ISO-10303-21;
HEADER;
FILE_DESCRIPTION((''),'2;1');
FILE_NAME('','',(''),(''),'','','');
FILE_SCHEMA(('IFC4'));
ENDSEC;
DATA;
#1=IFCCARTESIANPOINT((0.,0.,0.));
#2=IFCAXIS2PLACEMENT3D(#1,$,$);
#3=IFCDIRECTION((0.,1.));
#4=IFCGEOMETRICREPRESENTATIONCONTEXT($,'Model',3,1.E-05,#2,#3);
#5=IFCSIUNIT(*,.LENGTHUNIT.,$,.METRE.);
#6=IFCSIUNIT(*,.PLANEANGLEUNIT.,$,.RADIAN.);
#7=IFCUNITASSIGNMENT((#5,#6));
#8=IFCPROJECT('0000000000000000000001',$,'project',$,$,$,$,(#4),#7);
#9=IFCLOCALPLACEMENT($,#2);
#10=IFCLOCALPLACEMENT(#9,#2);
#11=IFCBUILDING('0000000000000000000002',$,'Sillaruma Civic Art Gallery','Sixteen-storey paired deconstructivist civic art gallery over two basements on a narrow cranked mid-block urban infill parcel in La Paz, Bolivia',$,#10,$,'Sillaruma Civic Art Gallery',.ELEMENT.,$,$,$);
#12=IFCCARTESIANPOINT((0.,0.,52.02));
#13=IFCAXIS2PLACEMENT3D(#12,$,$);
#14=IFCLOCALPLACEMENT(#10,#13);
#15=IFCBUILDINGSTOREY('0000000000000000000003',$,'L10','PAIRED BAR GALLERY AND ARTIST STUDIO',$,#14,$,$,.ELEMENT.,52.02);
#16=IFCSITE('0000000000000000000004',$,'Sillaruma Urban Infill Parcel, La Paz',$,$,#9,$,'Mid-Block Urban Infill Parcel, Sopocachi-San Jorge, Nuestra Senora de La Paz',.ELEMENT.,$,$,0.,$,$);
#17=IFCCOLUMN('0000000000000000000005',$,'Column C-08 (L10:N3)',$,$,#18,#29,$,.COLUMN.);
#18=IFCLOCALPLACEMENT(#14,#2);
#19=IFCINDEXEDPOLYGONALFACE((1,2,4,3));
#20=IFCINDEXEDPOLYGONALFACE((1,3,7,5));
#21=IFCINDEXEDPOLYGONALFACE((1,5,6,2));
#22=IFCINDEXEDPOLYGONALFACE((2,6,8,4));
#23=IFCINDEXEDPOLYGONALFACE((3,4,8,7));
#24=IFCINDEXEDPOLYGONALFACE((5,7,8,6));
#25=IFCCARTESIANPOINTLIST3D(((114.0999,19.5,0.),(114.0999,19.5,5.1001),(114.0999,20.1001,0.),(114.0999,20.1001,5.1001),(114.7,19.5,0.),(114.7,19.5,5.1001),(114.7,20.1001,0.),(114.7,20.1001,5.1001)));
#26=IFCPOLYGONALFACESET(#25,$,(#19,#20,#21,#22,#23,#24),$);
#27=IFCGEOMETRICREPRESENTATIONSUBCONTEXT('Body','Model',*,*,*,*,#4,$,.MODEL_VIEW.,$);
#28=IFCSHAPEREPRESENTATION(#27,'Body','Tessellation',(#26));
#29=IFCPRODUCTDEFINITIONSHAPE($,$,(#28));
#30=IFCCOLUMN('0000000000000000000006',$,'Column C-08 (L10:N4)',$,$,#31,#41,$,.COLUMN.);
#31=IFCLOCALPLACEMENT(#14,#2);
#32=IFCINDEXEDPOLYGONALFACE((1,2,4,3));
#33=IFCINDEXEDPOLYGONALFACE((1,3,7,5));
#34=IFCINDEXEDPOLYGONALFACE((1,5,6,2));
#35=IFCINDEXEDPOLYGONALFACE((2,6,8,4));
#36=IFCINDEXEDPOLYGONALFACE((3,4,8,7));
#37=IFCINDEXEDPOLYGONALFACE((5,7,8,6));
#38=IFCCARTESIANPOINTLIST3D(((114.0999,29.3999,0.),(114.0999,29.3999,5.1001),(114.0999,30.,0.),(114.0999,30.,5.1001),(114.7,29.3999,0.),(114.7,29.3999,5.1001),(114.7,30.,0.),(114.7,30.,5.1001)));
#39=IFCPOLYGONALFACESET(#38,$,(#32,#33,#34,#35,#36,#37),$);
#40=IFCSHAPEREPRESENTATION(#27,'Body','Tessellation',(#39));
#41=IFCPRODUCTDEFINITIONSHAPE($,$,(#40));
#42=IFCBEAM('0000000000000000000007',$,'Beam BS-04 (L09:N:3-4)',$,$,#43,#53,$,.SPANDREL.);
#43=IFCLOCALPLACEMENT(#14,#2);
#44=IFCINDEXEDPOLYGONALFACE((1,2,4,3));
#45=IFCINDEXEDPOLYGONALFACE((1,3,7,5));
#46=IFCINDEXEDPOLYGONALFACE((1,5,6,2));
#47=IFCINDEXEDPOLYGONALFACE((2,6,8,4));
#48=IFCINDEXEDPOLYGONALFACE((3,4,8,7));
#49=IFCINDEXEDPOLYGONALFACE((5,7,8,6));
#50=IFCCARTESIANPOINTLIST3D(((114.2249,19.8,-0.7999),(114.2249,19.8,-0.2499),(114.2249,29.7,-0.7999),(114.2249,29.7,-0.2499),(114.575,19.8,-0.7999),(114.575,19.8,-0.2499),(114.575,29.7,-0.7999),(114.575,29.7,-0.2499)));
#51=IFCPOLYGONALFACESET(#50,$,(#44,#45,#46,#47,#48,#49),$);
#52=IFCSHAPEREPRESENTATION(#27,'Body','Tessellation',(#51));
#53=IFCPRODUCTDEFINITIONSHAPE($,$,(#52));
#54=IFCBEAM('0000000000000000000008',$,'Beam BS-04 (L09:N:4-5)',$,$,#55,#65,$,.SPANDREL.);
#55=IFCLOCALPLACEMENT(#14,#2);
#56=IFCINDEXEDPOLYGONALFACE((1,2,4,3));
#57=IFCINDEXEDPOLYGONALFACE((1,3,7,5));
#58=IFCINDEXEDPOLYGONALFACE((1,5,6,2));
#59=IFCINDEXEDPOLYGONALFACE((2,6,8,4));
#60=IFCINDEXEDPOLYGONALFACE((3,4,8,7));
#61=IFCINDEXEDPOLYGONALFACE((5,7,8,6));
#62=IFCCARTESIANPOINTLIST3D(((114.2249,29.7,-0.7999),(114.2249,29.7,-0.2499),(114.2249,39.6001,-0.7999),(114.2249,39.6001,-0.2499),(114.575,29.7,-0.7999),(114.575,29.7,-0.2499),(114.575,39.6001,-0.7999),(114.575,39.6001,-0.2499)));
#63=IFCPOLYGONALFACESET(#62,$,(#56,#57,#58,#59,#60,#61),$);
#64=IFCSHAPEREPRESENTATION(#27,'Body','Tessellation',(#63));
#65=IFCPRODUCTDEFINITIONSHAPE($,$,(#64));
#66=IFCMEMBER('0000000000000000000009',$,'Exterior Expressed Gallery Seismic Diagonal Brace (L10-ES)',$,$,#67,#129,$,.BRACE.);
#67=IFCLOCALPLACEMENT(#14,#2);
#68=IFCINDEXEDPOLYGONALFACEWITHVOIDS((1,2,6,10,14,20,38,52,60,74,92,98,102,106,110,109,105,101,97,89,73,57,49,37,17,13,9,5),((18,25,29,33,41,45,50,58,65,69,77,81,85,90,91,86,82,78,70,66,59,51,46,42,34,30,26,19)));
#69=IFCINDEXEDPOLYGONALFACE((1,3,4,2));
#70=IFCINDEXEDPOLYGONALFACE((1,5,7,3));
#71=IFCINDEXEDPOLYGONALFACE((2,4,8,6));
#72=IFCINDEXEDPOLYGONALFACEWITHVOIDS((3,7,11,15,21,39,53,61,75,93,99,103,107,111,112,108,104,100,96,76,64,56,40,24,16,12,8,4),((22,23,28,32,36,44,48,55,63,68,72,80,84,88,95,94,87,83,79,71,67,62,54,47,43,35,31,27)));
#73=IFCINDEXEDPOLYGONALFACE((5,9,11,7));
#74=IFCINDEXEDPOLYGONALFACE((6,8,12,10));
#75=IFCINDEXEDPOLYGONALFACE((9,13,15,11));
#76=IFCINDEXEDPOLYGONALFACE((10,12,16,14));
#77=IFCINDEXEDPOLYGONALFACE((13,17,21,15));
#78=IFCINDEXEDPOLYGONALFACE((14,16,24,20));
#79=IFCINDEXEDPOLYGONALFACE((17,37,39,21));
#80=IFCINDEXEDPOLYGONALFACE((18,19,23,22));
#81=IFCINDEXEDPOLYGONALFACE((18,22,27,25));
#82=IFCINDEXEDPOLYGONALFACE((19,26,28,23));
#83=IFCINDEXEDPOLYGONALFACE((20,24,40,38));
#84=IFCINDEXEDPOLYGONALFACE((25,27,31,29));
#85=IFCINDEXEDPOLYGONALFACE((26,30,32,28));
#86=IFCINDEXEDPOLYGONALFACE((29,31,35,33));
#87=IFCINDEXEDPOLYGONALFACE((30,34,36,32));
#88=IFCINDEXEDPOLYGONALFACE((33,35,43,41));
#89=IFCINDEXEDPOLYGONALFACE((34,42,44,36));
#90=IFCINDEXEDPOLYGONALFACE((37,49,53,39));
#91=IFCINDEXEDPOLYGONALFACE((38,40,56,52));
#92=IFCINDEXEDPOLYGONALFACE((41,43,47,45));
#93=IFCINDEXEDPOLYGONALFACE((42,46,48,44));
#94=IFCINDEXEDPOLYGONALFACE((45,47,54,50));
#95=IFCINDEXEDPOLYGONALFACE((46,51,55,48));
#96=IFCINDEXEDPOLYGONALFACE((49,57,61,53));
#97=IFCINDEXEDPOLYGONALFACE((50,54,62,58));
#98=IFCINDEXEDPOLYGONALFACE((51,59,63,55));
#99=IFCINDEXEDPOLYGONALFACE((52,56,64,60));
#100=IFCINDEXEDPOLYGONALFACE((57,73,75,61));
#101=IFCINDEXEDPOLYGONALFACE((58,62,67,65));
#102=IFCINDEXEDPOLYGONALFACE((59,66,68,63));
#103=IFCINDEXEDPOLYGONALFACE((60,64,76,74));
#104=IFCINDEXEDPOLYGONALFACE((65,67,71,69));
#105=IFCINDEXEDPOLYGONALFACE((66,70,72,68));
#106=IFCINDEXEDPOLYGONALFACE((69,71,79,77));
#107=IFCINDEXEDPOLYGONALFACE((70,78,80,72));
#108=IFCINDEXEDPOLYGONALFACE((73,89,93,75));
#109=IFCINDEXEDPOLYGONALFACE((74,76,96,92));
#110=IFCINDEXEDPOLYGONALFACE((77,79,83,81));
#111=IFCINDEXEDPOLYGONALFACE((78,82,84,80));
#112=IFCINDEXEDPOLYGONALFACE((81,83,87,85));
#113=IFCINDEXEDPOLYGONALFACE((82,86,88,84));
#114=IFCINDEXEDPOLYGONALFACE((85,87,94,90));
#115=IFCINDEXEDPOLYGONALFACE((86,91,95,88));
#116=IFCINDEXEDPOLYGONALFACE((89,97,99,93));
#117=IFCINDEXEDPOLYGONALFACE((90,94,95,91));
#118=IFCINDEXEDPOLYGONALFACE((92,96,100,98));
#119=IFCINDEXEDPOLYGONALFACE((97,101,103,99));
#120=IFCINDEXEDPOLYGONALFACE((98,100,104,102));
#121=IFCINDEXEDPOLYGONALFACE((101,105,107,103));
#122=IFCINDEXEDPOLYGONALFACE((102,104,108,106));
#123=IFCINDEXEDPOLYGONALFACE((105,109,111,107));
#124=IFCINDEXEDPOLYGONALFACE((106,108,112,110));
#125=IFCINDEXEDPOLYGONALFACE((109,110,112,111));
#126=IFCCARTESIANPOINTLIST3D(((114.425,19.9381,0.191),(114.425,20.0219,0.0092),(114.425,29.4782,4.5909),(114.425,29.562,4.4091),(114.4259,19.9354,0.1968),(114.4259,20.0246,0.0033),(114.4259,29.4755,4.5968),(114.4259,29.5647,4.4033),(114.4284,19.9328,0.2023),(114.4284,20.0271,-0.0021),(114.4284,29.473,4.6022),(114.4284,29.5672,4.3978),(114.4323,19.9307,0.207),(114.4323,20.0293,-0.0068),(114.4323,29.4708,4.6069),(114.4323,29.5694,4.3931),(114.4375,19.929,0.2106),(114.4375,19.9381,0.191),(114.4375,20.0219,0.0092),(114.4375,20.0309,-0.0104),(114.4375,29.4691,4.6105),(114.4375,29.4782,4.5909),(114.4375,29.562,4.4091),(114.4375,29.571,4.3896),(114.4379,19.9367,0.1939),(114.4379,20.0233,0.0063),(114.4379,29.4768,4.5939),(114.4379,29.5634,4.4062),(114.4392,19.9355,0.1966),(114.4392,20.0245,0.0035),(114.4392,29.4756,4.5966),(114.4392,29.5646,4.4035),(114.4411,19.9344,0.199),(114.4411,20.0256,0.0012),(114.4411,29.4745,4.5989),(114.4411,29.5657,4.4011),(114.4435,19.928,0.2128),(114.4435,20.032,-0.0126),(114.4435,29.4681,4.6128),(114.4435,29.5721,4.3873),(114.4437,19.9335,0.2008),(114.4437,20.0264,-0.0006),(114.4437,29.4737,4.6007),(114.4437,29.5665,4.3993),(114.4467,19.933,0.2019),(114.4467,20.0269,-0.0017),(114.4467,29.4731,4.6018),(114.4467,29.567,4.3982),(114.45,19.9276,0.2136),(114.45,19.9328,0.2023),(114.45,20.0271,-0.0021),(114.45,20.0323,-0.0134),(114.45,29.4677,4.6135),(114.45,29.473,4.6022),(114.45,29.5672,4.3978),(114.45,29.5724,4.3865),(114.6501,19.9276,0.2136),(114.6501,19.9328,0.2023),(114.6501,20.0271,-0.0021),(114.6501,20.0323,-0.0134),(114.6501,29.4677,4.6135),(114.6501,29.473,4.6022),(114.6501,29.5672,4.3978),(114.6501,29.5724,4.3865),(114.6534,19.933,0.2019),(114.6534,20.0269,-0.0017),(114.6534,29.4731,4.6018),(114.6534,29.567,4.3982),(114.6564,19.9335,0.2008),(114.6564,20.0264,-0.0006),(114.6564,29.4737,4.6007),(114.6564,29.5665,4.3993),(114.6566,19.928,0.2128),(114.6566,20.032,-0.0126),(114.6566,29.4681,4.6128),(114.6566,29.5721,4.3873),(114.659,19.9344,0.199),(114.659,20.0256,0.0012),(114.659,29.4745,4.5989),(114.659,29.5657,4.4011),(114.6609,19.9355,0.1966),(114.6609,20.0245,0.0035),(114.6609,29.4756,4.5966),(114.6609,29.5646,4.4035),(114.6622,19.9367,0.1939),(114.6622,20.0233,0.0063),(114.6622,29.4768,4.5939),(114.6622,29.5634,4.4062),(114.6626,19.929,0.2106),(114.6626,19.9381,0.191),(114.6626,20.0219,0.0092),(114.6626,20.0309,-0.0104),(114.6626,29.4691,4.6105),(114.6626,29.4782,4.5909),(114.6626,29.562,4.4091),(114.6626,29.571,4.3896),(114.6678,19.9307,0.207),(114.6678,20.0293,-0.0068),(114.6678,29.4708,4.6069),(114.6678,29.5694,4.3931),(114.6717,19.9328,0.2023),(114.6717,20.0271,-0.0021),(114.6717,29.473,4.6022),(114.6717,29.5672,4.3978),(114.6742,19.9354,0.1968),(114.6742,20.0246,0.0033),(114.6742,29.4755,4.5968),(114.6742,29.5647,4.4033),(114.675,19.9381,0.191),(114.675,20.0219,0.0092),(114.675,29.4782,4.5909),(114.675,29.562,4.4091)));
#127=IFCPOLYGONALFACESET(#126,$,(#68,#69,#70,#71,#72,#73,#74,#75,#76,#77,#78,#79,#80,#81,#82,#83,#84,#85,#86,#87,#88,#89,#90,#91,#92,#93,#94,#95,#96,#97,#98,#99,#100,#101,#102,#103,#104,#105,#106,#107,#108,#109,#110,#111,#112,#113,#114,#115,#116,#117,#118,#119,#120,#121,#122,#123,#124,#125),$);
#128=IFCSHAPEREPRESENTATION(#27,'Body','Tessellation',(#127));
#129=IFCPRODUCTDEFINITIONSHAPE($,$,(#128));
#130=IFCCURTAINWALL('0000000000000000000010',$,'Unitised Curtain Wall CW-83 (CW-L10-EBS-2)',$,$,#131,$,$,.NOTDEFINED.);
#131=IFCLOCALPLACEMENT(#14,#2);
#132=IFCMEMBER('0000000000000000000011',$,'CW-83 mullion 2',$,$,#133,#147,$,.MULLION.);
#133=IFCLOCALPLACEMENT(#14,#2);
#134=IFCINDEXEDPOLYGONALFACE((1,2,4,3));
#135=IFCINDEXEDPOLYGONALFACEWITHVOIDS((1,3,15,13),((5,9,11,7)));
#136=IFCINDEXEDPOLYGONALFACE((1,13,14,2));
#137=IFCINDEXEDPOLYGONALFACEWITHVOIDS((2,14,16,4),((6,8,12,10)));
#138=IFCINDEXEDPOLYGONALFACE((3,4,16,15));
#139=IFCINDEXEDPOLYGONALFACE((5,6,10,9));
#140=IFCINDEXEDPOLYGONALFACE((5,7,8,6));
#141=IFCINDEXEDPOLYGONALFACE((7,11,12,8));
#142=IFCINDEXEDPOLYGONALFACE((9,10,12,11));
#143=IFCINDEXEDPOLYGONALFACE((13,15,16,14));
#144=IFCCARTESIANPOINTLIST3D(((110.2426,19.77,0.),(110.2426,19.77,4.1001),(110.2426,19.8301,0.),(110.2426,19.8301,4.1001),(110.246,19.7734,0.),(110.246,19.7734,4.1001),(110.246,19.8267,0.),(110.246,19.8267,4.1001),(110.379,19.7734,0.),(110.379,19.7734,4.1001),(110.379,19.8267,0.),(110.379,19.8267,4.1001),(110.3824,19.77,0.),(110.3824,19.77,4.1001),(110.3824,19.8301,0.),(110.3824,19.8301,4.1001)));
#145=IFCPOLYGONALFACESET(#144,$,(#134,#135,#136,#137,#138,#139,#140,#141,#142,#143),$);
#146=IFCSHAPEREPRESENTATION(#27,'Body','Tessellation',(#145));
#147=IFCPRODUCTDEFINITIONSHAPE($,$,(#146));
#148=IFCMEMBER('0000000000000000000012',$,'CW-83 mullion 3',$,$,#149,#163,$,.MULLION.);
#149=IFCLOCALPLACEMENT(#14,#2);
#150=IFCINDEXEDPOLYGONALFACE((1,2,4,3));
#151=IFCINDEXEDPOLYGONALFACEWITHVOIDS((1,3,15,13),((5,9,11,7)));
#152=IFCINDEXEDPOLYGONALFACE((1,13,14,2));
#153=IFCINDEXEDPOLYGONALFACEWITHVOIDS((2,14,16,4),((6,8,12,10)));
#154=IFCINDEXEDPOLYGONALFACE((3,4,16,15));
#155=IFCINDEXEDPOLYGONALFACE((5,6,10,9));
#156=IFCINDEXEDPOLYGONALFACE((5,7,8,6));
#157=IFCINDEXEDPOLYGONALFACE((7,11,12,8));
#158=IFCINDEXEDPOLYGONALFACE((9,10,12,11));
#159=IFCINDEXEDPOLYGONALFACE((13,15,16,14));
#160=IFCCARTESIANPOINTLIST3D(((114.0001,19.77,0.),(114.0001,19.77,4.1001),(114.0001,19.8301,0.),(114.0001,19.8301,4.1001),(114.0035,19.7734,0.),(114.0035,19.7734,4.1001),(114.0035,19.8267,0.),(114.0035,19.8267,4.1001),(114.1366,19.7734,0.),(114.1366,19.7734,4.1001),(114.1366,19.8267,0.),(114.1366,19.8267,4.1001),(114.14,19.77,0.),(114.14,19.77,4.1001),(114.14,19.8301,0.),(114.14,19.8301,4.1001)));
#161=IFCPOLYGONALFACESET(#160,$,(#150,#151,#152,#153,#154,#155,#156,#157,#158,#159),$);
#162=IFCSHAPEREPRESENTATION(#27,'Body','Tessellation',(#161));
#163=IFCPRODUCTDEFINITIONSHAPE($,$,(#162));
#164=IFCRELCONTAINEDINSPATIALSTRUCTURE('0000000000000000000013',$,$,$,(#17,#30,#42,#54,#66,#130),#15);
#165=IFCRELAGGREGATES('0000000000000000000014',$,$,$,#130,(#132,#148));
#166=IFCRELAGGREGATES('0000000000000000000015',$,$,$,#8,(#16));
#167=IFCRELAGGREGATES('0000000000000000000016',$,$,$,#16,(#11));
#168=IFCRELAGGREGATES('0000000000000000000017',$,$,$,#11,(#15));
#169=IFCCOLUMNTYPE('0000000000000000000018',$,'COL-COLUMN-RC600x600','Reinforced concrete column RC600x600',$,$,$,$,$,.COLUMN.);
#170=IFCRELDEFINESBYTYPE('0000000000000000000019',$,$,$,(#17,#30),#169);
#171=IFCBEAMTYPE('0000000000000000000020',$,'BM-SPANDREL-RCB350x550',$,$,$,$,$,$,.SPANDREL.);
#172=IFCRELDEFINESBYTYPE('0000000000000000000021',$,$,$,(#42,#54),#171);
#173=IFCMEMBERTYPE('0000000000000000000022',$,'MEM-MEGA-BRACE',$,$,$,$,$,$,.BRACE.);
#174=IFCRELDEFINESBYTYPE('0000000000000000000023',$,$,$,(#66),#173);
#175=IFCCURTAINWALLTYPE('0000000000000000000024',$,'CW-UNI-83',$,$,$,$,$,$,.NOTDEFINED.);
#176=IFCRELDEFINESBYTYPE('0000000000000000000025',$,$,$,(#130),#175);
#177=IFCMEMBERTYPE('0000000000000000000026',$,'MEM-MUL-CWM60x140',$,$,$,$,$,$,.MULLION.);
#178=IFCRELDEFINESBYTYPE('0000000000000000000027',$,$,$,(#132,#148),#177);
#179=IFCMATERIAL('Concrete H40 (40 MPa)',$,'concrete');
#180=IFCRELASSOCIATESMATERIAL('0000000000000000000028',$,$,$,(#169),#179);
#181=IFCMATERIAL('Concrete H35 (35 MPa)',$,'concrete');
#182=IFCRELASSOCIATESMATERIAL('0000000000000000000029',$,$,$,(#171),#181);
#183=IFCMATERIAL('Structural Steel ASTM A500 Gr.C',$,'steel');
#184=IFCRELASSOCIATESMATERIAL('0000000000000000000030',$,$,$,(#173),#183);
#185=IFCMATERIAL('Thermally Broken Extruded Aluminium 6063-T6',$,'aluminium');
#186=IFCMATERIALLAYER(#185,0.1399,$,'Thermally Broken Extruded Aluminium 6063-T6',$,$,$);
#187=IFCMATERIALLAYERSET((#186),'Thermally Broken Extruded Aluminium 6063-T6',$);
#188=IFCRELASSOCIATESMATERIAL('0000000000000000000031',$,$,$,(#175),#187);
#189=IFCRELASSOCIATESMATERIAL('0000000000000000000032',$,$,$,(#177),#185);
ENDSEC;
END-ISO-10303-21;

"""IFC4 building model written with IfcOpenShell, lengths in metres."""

from ifc_helpers import new_model, si_unit, direction, frame, origin, origin_2d, place, context, subcontext, project, spatial, rectangle, hollow_rectangle, extrude, material, layer, layer_set, material_profile, profile_set, type_object, element, aggregate, save


model = new_model("IFC4")

# Units and contexts
model_context = context("Model", 3, precision=1e-05, world=origin(), true_north=direction((0.0, 1.0)))
body_context = subcontext(model_context, "Body", "Model", "MODEL_VIEW")
ifc_project = project(units=[si_unit("LENGTHUNIT", "METRE"), si_unit("PLANEANGLEUNIT", "RADIAN")], contexts=[model_context])

# Site, building, storey
site_placement = place(None, origin())
site = spatial("IfcSite", under=ifc_project, at=site_placement, Name="Sillaruma Urban Infill Parcel, La Paz", LongName="Mid-Block Urban Infill Parcel, Sopocachi-San Jorge, Nuestra Senora de La Paz", CompositionType="ELEMENT", RefElevation=0.0)
building_placement = place(site_placement, origin())
building = spatial("IfcBuilding", under=site, at=building_placement, Name="Sillaruma Civic Art Gallery", Description="Sixteen-storey paired deconstructivist civic art gallery over two basements on a narrow cranked mid-block urban infill parcel in La Paz, Bolivia", LongName="Sillaruma Civic Art Gallery", CompositionType="ELEMENT")
storey_placement = place(building_placement, frame((0.0, 0.0, 52.02)))
storey = spatial("IfcBuildingStorey", under=building, at=storey_placement, Name="L10", Description="PAIRED BAR GALLERY AND ARTIST STUDIO", CompositionType="ELEMENT", Elevation=52.02)

# Columns
ifc_material_1 = material(Name="Concrete H40 (40 MPa)", Category="concrete")
ifc_material_profile_1 = material_profile(ifc_material_1, rectangle(XDim=0.6001, YDim=0.6001, at=origin_2d()), Name="RC600x600")
ifc_profile_set_1 = profile_set([ifc_material_profile_1], Name="Concrete H40 (40 MPa)")
column_type = type_object("IfcColumnType", Name="COL-COLUMN-RC600x600", Description="Reinforced concrete column RC600x600", PredefinedType="COLUMN", material=ifc_profile_set_1)
for number, where, z_axis, x_axis, name in (
    (1, (114.3999, 19.8, 0.0), (0.0, 0.0, 1.0), (1.0, 0.0, 0.0), "Column C-08 (L10:N3)"),
    (2, (114.3999, 29.7, 0.0), (0.0, 0.0, 1.0), (1.0, 0.0, 0.0), "Column C-08 (L10:N4)"),
):
    element("IfcColumn", number, at=place(storey_placement, frame(where, z_axis=z_axis, x_axis=x_axis)), inside=storey, type_object=column_type, Name=name, PredefinedType="COLUMN", context=body_context, shape_type="SweptSolid", body=[
        extrude(rectangle(XDim=0.6001, YDim=0.6001, at=origin_2d()), origin(), (0.0, 0.0, 1.0), 5.1001),
    ])

# Beams
ifc_material_2 = material(Name="Concrete H35 (35 MPa)", Category="concrete")
ifc_material_profile_2 = material_profile(ifc_material_2, rectangle(XDim=0.3501, YDim=0.55, at=origin_2d()), Name="RCB350x550")
ifc_profile_set_2 = profile_set([ifc_material_profile_2], Name="Concrete H35 (35 MPa)")
beam_type = type_object("IfcBeamType", Name="BM-SPANDREL-RCB350x550", PredefinedType="SPANDREL", material=ifc_profile_set_2)
beam_1_placement = place(storey_placement, frame((114.3999, 19.8, -0.5249), z_axis=(0.0, 1.0, 0.0), x_axis=(-1.0, 0.0, 0.0)))
element("IfcBeam", 3, at=beam_1_placement, inside=storey, type_object=beam_type, Name="Beam BS-04 (L09:N:3-4)", PredefinedType="SPANDREL", context=body_context, shape_type="SweptSolid", body=[
    extrude(rectangle(XDim=0.3501, YDim=0.55, at=origin_2d()), origin(), (0.0, 0.0, 1.0), 9.8999),
])
beam_2_placement = place(storey_placement, frame((114.3999, 29.7, -0.5249), z_axis=(0.0, 1.0, 0.0), x_axis=(-1.0, 0.0, 0.0)))
element("IfcBeam", 4, at=beam_2_placement, inside=storey, type_object=beam_type, Name="Beam BS-04 (L09:N:4-5)", PredefinedType="SPANDREL", context=body_context, shape_type="SweptSolid", body=[
    extrude(rectangle(XDim=0.3501, YDim=0.55, at=origin_2d()), origin(), (0.0, 0.0, 1.0), 9.9001),
])

# Member
ifc_material_3 = material(Name="Structural Steel ASTM A500 Gr.C", Category="steel")
ifc_material_profile_3 = material_profile(ifc_material_3, hollow_rectangle(XDim=0.25, YDim=0.25, WallThickness=0.0125, InnerFilletRadius=0.0125, OuterFilletRadius=0.0249, at=origin_2d()), Name="HSS250x250x12.5")
ifc_profile_set_3 = profile_set([ifc_material_profile_3], Name="Structural Steel ASTM A500 Gr.C")
member_type_1 = type_object("IfcMemberType", Name="MEM-MEGA-BRACE", PredefinedType="BRACE", material=ifc_profile_set_3)
member_1_placement = place(storey_placement, frame((114.55, 19.98, 0.1001), z_axis=(0.0, 0.908075, 0.418808), x_axis=(-1.0, 0.0, 0.0)))
element("IfcMember", 5, at=member_1_placement, inside=storey, type_object=member_type_1, Name="Exterior Expressed Gallery Seismic Diagonal Brace (L10-ES)", PredefinedType="BRACE", context=body_context, shape_type="SweptSolid", body=[
    extrude(hollow_rectangle(XDim=0.25, YDim=0.25, WallThickness=0.0125, InnerFilletRadius=0.0125, OuterFilletRadius=0.0249, at=origin_2d()), origin(), (0.0, 0.0, 1.0), 10.5059),
])

# Curtain wall, members
ifc_material_4 = material(Name="Thermally Broken Extruded Aluminium 6063-T6", Category="aluminium")
ifc_layer_1 = layer(ifc_material_4, 0.1399, Name="Thermally Broken Extruded Aluminium 6063-T6")
ifc_layer_set_1 = layer_set([ifc_layer_1], Name="Thermally Broken Extruded Aluminium 6063-T6")
curtain_wall_type = type_object("IfcCurtainWallType", Name="CW-UNI-83", PredefinedType="NOTDEFINED", material=ifc_layer_set_1)
curtain_wall_placement = place(storey_placement, origin())
curtain_wall = element("IfcCurtainWall", 6, at=curtain_wall_placement, inside=storey, type_object=curtain_wall_type, Name="Unitised Curtain Wall CW-83 (CW-L10-EBS-2)", PredefinedType="NOTDEFINED")
ifc_material_profile_4 = material_profile(ifc_material_4, hollow_rectangle(XDim=0.0601, YDim=0.1399, WallThickness=0.0034, at=origin_2d()), Name="CWM60x140")
ifc_profile_set_4 = profile_set([ifc_material_profile_4], Name="Thermally Broken Extruded Aluminium 6063-T6")
member_type_2 = type_object("IfcMemberType", Name="MEM-MUL-CWM60x140", PredefinedType="MULLION", material=ifc_profile_set_4)
member_2_placement = place(storey_placement, frame((110.3125, 19.8, 0.0), z_axis=(0.0, 0.0, 1.0), x_axis=(0.0, 1.0, 0.0)))
member_2 = element("IfcMember", 7, at=member_2_placement, type_object=member_type_2, Name="CW-83 mullion 2", PredefinedType="MULLION", context=body_context, shape_type="SweptSolid", body=[
    extrude(hollow_rectangle(XDim=0.0601, YDim=0.1399, WallThickness=0.0034, at=origin_2d()), origin(), (0.0, 0.0, 1.0), 4.1001),
])
member_3_placement = place(storey_placement, frame((114.0701, 19.8, 0.0), z_axis=(0.0, 0.0, 1.0), x_axis=(0.0, 1.0, 0.0)))
member_3 = element("IfcMember", 8, at=member_3_placement, type_object=member_type_2, Name="CW-83 mullion 3", PredefinedType="MULLION", context=body_context, shape_type="SweptSolid", body=[
    extrude(hollow_rectangle(XDim=0.0601, YDim=0.1399, WallThickness=0.0034, at=origin_2d()), origin(), (0.0, 0.0, 1.0), 4.1001),
])

aggregate(curtain_wall, [member_2, member_3])

save(model, "model.ifc")
